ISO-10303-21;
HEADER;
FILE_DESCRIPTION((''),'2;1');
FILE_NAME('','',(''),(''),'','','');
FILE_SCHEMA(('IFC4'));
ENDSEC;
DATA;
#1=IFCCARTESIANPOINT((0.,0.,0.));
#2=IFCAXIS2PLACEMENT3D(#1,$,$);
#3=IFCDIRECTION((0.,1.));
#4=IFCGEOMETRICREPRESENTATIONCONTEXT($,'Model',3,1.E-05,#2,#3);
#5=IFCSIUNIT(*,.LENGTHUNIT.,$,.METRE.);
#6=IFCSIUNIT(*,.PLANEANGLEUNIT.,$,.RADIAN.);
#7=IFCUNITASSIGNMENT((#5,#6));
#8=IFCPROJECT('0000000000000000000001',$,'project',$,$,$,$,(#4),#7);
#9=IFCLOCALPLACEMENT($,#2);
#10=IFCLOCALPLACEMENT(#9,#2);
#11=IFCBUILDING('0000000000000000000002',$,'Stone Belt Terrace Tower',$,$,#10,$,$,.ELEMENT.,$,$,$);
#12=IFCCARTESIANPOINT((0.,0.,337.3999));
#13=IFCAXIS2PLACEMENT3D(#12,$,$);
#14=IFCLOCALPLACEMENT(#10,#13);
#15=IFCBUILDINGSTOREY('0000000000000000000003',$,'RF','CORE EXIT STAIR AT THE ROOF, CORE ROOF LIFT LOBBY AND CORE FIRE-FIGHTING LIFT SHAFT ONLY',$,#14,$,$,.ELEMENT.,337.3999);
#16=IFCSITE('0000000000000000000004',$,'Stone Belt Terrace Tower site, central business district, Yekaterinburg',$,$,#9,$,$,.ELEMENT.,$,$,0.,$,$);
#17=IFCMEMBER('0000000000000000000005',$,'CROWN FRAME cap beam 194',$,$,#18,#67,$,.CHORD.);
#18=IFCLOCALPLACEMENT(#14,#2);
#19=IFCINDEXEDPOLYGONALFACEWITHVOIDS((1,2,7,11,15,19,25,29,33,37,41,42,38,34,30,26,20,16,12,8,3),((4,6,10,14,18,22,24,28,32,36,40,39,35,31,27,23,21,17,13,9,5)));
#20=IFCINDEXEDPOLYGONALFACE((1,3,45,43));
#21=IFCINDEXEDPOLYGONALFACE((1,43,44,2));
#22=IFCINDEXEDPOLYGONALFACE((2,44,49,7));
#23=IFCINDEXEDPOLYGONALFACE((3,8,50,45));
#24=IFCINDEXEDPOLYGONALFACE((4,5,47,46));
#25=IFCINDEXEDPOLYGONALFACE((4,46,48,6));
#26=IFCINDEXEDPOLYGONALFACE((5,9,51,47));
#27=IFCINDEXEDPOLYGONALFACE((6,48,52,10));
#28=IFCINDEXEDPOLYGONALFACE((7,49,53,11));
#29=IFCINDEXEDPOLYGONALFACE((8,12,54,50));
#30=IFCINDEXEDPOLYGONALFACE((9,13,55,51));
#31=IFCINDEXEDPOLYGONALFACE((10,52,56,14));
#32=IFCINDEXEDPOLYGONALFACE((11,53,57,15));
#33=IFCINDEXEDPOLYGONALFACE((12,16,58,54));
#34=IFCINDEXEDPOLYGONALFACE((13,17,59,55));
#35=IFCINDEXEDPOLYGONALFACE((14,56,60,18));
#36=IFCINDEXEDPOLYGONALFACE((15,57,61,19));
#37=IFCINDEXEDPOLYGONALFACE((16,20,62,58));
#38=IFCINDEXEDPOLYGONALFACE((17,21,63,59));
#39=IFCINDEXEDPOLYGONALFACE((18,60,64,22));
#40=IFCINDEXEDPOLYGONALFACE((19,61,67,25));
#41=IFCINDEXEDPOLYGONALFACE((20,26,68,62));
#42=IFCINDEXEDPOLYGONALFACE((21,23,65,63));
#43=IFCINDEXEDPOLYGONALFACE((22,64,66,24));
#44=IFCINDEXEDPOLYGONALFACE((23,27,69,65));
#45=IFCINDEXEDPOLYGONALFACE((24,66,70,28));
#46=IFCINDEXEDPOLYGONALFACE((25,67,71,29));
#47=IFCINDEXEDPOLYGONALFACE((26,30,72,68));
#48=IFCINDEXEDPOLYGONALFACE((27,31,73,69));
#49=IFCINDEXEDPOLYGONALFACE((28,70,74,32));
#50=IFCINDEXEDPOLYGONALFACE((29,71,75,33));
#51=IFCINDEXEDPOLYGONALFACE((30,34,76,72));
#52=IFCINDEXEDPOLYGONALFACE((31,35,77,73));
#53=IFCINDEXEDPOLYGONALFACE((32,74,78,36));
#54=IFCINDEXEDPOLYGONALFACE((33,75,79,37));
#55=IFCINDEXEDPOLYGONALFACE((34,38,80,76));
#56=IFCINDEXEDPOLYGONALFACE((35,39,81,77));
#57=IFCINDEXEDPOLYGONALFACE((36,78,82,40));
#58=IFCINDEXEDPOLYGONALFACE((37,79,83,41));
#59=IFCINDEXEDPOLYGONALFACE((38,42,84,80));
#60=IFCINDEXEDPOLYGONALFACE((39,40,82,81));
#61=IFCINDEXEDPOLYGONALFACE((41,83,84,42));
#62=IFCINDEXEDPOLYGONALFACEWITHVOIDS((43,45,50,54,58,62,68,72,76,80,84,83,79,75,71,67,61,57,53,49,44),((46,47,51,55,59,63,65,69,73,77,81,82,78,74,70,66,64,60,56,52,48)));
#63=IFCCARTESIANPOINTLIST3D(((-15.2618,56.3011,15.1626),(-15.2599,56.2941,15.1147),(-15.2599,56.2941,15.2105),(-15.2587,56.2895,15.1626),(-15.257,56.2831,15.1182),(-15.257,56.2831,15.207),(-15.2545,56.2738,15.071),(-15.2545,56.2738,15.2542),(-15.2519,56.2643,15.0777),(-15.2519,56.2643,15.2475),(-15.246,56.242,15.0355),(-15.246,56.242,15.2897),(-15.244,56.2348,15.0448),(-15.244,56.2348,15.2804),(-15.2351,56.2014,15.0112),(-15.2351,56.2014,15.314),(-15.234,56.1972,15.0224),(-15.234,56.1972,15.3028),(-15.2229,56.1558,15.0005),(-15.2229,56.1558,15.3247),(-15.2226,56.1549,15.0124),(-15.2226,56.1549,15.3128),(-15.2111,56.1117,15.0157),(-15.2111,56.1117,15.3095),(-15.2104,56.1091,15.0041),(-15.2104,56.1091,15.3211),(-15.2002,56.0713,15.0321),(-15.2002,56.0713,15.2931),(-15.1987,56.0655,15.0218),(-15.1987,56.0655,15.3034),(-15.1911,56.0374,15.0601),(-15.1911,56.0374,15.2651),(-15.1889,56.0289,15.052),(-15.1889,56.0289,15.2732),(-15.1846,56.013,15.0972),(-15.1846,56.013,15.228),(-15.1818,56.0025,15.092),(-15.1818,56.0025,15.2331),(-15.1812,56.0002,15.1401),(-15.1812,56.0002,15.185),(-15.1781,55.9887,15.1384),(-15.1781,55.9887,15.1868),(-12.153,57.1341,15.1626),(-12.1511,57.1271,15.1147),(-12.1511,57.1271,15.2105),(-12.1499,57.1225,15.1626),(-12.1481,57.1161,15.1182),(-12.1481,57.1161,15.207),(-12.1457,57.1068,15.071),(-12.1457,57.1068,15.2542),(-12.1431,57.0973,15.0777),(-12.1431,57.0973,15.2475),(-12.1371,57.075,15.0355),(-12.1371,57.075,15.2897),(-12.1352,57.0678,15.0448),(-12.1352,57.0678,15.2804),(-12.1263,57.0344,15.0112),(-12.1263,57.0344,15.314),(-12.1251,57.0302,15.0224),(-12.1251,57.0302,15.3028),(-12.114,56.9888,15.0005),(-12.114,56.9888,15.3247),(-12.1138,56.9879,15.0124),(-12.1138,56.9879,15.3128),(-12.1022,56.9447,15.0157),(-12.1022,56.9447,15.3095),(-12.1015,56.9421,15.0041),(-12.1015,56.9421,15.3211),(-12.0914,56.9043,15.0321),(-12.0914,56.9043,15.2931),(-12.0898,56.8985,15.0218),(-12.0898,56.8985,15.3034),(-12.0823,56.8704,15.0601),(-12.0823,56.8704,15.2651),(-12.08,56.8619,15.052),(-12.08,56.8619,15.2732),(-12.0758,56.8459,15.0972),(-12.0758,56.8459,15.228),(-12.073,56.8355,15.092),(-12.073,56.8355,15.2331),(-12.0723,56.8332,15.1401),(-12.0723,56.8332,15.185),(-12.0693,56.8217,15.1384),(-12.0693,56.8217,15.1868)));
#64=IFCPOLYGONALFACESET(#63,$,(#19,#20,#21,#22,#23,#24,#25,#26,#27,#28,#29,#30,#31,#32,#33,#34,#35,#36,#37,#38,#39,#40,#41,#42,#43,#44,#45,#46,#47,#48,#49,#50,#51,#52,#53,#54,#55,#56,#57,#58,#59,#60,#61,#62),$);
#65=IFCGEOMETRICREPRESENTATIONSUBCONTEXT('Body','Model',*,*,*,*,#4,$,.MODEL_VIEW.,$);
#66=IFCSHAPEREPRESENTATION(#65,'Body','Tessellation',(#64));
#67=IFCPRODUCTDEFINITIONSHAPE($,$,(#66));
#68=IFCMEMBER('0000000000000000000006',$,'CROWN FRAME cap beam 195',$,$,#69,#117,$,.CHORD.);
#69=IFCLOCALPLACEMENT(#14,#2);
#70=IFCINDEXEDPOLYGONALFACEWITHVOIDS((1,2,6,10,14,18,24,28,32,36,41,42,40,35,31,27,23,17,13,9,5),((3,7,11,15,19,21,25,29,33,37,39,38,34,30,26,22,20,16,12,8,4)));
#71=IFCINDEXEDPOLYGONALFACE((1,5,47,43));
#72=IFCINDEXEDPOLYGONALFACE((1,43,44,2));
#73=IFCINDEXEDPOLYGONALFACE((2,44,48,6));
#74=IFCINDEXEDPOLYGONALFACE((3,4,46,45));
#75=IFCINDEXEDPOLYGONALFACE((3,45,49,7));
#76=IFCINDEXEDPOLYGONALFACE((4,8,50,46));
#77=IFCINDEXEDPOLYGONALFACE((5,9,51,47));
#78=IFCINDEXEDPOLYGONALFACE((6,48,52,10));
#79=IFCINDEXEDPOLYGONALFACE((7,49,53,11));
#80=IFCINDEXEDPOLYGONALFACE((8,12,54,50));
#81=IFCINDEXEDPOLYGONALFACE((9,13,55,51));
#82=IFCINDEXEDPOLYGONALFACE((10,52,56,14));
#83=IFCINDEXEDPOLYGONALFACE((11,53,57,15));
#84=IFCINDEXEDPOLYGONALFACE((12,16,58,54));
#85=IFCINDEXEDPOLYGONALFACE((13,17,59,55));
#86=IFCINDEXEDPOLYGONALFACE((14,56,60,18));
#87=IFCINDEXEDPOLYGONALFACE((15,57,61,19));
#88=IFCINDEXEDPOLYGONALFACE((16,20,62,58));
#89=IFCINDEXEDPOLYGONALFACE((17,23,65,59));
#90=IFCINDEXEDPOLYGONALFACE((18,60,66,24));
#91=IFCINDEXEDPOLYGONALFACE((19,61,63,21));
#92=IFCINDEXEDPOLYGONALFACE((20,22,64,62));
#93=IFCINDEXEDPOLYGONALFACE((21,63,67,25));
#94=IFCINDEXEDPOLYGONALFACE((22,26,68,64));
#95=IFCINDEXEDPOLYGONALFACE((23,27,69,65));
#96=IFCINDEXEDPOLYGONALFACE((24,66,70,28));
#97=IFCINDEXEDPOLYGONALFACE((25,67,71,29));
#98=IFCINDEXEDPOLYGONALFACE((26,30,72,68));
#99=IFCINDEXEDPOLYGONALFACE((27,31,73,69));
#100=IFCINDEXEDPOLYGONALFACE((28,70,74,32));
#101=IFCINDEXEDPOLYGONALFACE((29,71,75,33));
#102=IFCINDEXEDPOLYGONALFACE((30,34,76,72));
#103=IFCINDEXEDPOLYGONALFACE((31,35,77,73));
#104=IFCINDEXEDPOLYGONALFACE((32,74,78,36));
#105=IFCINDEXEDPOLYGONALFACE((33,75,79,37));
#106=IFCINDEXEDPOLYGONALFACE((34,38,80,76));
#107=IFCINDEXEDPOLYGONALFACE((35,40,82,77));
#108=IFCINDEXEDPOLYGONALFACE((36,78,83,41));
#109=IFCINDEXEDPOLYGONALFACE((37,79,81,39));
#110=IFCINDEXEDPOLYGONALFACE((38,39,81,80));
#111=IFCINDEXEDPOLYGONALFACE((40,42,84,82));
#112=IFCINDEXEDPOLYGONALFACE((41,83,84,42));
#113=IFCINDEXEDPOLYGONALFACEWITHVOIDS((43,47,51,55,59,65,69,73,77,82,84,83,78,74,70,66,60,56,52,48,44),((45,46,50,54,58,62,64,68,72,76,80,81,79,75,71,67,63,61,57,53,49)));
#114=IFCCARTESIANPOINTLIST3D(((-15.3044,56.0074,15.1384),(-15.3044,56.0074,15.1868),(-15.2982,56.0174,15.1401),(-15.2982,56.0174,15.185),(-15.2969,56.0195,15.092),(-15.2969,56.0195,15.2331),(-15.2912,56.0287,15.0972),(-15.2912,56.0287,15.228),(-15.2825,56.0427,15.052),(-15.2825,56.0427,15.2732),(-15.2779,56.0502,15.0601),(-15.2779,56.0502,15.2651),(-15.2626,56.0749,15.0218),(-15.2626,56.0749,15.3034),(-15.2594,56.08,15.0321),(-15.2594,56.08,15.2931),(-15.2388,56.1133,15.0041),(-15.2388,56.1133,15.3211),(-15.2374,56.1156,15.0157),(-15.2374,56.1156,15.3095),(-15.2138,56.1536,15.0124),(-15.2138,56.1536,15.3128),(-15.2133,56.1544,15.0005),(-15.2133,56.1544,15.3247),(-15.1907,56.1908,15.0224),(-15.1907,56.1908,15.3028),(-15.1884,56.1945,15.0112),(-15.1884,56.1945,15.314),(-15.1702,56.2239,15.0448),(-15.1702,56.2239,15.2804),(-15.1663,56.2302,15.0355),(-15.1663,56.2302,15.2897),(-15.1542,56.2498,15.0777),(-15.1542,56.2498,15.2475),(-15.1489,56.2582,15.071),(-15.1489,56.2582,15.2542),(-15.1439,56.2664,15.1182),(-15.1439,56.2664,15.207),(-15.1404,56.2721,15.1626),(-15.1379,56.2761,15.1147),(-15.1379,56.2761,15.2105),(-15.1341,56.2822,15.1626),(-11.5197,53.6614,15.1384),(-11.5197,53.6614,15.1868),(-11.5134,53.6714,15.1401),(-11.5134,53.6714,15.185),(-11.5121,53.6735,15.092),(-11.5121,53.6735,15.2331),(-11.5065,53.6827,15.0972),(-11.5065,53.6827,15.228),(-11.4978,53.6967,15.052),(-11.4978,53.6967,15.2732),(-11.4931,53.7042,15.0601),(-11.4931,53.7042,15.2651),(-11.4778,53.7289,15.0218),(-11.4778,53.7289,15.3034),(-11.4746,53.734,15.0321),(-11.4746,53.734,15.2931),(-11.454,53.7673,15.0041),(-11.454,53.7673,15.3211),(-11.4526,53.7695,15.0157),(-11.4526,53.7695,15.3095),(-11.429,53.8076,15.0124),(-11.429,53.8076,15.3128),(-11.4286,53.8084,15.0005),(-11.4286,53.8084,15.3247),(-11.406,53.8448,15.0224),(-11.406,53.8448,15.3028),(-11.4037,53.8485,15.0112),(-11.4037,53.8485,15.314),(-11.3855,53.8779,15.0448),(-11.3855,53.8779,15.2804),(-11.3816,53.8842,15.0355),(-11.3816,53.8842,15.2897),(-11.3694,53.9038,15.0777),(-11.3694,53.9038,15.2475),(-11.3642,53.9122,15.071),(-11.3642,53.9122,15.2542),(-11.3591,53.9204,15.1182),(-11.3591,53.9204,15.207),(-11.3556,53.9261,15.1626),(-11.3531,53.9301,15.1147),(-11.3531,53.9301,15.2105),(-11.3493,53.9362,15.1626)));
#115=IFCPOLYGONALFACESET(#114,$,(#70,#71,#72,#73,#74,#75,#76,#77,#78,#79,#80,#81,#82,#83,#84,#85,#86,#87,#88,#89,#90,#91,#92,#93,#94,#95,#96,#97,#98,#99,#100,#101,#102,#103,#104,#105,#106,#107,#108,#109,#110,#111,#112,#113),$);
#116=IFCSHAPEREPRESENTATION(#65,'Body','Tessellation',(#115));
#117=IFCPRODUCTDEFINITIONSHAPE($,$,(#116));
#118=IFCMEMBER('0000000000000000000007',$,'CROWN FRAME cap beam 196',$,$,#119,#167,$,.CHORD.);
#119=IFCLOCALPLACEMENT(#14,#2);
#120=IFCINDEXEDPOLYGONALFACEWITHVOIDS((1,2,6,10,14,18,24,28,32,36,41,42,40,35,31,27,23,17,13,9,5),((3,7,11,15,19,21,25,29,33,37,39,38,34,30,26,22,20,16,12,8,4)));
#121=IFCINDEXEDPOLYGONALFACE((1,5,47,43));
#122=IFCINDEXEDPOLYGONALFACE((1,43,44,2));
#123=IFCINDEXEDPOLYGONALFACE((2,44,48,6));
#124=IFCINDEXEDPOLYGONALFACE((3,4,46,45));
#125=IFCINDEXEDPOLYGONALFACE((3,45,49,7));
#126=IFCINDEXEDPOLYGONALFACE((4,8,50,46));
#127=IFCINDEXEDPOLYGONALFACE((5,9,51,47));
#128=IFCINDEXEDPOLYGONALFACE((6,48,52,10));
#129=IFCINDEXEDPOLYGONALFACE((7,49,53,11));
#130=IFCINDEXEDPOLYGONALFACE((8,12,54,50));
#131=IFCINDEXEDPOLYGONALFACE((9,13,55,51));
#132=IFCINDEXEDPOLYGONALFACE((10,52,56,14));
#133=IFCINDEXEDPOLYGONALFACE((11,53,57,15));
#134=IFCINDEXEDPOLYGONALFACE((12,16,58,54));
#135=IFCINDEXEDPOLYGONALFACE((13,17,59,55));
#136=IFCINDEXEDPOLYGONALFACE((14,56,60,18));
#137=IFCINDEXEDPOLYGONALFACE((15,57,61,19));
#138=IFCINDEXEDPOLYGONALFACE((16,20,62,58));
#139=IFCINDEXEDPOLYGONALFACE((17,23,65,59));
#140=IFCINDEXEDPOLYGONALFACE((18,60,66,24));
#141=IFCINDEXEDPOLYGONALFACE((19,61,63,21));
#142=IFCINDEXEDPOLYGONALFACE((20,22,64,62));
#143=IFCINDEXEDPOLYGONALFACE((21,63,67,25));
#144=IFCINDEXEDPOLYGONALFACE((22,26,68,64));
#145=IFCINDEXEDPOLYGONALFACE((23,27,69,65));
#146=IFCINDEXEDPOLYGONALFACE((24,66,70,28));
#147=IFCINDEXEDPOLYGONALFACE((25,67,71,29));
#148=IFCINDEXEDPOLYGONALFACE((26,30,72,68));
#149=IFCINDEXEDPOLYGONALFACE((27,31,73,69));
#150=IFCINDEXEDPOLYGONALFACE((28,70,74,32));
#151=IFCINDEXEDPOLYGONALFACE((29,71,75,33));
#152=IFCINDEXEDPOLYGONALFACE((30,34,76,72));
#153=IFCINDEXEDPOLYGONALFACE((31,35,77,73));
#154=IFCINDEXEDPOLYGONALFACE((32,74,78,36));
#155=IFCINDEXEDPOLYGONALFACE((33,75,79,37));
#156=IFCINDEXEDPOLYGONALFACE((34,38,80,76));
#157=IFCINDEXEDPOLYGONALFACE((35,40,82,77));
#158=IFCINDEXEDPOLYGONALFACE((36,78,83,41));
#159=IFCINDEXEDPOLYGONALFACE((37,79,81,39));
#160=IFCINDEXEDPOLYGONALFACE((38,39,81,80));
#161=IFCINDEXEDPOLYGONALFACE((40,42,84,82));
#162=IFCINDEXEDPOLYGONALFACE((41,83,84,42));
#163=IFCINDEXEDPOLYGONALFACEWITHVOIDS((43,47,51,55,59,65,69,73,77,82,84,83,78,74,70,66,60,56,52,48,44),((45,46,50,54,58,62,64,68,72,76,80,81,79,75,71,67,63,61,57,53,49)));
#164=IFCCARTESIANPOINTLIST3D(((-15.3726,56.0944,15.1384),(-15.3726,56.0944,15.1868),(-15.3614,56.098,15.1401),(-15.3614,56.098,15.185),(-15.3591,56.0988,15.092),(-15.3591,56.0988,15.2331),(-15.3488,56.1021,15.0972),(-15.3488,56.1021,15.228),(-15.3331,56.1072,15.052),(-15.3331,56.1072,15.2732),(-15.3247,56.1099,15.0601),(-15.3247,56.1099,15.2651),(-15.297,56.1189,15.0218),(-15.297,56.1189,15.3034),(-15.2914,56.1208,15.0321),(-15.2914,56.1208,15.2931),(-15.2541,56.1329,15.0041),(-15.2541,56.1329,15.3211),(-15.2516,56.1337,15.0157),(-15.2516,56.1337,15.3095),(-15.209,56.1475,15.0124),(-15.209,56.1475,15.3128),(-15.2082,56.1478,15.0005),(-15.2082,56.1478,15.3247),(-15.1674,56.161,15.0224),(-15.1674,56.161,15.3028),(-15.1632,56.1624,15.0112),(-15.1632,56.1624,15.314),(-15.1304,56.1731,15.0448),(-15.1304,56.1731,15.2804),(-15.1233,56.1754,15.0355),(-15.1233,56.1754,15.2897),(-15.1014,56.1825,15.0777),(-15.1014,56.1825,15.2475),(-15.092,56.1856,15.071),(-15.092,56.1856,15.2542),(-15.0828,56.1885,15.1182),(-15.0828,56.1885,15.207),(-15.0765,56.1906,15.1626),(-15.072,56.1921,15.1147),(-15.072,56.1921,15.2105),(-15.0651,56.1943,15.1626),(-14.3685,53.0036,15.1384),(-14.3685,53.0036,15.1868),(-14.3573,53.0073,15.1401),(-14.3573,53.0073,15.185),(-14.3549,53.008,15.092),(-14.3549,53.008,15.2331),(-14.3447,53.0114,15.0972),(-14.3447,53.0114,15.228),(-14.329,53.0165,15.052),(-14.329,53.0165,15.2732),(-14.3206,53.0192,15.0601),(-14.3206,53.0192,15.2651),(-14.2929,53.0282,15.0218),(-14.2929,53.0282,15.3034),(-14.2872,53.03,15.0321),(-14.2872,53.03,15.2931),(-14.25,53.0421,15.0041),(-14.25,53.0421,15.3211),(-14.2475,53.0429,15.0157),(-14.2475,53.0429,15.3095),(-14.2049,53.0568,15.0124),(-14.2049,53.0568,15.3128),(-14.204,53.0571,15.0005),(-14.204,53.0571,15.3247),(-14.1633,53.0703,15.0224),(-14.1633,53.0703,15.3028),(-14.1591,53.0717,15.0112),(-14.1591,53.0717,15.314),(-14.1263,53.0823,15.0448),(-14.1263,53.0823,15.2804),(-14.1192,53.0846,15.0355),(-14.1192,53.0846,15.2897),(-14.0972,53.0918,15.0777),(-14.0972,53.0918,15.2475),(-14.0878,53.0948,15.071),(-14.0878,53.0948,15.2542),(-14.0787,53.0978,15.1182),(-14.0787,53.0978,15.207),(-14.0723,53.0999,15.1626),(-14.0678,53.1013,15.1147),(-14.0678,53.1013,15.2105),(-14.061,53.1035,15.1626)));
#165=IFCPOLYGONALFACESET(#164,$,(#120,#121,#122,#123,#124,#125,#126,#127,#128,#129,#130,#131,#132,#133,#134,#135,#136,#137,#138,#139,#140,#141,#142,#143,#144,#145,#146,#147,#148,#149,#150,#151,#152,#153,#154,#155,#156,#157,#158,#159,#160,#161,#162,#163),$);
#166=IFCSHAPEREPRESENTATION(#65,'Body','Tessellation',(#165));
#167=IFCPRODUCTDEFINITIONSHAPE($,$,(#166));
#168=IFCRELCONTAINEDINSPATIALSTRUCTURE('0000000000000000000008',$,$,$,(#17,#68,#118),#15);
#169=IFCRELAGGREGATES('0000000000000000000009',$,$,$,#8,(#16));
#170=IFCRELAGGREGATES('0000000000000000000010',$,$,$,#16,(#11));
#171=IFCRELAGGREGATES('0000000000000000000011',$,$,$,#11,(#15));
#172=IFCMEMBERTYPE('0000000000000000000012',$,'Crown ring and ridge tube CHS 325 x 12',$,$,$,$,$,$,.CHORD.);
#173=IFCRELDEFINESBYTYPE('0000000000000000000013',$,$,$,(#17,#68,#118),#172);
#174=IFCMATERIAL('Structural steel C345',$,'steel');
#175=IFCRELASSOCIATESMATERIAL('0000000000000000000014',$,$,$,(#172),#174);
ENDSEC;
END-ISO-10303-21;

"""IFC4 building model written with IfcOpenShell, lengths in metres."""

from ifc_helpers import new_model, si_unit, direction, frame, origin, origin_2d, place, context, subcontext, project, spatial, hollow_circle, extrude, material, material_profile, profile_set, type_object, element, save


model = new_model("IFC4")

# Units and contexts
model_context = context("Model", 3, precision=1e-05, world=origin(), true_north=direction((0.0, 1.0)))
body_context = subcontext(model_context, "Body", "Model", "MODEL_VIEW")
ifc_project = project(units=[si_unit("LENGTHUNIT", "METRE"), si_unit("PLANEANGLEUNIT", "RADIAN")], contexts=[model_context])

# Site, building, storey
site_placement = place(None, origin())
site = spatial("IfcSite", under=ifc_project, at=site_placement, Name="Stone Belt Terrace Tower site, central business district, Yekaterinburg", CompositionType="ELEMENT", RefElevation=0.0)
building_placement = place(site_placement, origin())
building = spatial("IfcBuilding", under=site, at=building_placement, Name="Stone Belt Terrace Tower", CompositionType="ELEMENT")
storey_placement = place(building_placement, frame((0.0, 0.0, 337.3999)))
storey = spatial("IfcBuildingStorey", under=building, at=storey_placement, Name="RF", Description="CORE EXIT STAIR AT THE ROOF, CORE ROOF LIFT LOBBY AND CORE FIRE-FIGHTING LIFT SHAFT ONLY", CompositionType="ELEMENT", Elevation=337.3999)

# Members
ifc_material_1 = material(Name="Structural steel C345", Category="steel")
ifc_material_profile_1 = material_profile(ifc_material_1, hollow_circle(Radius=0.1626, WallThickness=0.012, at=origin_2d()), Name="Structural steel C345 CHS 325x12")
ifc_profile_set_1 = profile_set([ifc_material_profile_1], Name="Structural steel C345")
member_type_1 = type_object("IfcMemberType", Name="Crown ring and ridge tube CHS 325 x 12", PredefinedType="CHORD", material=ifc_profile_set_1)
member_1_placement = place(storey_placement, frame((-15.2197, 56.144, 15.1626), z_axis=(0.965927, 0.258814, 0.0), x_axis=(-0.258814, 0.965927, 0.0)))
element("IfcMember", 1, at=member_1_placement, inside=storey, type_object=member_type_1, Name="CROWN FRAME cap beam 194", PredefinedType="CHORD", context=body_context, shape_type="SweptSolid", body=[
    extrude(hollow_circle(Radius=0.1626, WallThickness=0.012, at=origin_2d()), origin(), (0.0, 0.0, 1.0), 3.2185),
])
member_2_placement = place(storey_placement, frame((-15.2197, 56.144, 15.1626), z_axis=(0.849958, -0.526851, 0.0), x_axis=(0.526851, 0.849958, 0.0)))
element("IfcMember", 2, at=member_2_placement, inside=storey, type_object=member_type_1, Name="CROWN FRAME cap beam 195", PredefinedType="CHORD", context=body_context, shape_type="SweptSolid", body=[
    extrude(hollow_circle(Radius=0.1626, WallThickness=0.012, at=origin_2d()), origin(), (0.0, 0.0, 1.0), 4.4529),
])
member_3_placement = place(storey_placement, frame((-15.2197, 56.144, 15.1626), z_axis=(0.308984, -0.951067, 0.0), x_axis=(0.951067, 0.308984, 0.0)))
element("IfcMember", 3, at=member_3_placement, inside=storey, type_object=member_type_1, Name="CROWN FRAME cap beam 196", PredefinedType="CHORD", context=body_context, shape_type="SweptSolid", body=[
    extrude(hollow_circle(Radius=0.1626, WallThickness=0.012, at=origin_2d()), origin(), (0.0, 0.0, 1.0), 3.2498),
])

save(model, "model.ifc")
